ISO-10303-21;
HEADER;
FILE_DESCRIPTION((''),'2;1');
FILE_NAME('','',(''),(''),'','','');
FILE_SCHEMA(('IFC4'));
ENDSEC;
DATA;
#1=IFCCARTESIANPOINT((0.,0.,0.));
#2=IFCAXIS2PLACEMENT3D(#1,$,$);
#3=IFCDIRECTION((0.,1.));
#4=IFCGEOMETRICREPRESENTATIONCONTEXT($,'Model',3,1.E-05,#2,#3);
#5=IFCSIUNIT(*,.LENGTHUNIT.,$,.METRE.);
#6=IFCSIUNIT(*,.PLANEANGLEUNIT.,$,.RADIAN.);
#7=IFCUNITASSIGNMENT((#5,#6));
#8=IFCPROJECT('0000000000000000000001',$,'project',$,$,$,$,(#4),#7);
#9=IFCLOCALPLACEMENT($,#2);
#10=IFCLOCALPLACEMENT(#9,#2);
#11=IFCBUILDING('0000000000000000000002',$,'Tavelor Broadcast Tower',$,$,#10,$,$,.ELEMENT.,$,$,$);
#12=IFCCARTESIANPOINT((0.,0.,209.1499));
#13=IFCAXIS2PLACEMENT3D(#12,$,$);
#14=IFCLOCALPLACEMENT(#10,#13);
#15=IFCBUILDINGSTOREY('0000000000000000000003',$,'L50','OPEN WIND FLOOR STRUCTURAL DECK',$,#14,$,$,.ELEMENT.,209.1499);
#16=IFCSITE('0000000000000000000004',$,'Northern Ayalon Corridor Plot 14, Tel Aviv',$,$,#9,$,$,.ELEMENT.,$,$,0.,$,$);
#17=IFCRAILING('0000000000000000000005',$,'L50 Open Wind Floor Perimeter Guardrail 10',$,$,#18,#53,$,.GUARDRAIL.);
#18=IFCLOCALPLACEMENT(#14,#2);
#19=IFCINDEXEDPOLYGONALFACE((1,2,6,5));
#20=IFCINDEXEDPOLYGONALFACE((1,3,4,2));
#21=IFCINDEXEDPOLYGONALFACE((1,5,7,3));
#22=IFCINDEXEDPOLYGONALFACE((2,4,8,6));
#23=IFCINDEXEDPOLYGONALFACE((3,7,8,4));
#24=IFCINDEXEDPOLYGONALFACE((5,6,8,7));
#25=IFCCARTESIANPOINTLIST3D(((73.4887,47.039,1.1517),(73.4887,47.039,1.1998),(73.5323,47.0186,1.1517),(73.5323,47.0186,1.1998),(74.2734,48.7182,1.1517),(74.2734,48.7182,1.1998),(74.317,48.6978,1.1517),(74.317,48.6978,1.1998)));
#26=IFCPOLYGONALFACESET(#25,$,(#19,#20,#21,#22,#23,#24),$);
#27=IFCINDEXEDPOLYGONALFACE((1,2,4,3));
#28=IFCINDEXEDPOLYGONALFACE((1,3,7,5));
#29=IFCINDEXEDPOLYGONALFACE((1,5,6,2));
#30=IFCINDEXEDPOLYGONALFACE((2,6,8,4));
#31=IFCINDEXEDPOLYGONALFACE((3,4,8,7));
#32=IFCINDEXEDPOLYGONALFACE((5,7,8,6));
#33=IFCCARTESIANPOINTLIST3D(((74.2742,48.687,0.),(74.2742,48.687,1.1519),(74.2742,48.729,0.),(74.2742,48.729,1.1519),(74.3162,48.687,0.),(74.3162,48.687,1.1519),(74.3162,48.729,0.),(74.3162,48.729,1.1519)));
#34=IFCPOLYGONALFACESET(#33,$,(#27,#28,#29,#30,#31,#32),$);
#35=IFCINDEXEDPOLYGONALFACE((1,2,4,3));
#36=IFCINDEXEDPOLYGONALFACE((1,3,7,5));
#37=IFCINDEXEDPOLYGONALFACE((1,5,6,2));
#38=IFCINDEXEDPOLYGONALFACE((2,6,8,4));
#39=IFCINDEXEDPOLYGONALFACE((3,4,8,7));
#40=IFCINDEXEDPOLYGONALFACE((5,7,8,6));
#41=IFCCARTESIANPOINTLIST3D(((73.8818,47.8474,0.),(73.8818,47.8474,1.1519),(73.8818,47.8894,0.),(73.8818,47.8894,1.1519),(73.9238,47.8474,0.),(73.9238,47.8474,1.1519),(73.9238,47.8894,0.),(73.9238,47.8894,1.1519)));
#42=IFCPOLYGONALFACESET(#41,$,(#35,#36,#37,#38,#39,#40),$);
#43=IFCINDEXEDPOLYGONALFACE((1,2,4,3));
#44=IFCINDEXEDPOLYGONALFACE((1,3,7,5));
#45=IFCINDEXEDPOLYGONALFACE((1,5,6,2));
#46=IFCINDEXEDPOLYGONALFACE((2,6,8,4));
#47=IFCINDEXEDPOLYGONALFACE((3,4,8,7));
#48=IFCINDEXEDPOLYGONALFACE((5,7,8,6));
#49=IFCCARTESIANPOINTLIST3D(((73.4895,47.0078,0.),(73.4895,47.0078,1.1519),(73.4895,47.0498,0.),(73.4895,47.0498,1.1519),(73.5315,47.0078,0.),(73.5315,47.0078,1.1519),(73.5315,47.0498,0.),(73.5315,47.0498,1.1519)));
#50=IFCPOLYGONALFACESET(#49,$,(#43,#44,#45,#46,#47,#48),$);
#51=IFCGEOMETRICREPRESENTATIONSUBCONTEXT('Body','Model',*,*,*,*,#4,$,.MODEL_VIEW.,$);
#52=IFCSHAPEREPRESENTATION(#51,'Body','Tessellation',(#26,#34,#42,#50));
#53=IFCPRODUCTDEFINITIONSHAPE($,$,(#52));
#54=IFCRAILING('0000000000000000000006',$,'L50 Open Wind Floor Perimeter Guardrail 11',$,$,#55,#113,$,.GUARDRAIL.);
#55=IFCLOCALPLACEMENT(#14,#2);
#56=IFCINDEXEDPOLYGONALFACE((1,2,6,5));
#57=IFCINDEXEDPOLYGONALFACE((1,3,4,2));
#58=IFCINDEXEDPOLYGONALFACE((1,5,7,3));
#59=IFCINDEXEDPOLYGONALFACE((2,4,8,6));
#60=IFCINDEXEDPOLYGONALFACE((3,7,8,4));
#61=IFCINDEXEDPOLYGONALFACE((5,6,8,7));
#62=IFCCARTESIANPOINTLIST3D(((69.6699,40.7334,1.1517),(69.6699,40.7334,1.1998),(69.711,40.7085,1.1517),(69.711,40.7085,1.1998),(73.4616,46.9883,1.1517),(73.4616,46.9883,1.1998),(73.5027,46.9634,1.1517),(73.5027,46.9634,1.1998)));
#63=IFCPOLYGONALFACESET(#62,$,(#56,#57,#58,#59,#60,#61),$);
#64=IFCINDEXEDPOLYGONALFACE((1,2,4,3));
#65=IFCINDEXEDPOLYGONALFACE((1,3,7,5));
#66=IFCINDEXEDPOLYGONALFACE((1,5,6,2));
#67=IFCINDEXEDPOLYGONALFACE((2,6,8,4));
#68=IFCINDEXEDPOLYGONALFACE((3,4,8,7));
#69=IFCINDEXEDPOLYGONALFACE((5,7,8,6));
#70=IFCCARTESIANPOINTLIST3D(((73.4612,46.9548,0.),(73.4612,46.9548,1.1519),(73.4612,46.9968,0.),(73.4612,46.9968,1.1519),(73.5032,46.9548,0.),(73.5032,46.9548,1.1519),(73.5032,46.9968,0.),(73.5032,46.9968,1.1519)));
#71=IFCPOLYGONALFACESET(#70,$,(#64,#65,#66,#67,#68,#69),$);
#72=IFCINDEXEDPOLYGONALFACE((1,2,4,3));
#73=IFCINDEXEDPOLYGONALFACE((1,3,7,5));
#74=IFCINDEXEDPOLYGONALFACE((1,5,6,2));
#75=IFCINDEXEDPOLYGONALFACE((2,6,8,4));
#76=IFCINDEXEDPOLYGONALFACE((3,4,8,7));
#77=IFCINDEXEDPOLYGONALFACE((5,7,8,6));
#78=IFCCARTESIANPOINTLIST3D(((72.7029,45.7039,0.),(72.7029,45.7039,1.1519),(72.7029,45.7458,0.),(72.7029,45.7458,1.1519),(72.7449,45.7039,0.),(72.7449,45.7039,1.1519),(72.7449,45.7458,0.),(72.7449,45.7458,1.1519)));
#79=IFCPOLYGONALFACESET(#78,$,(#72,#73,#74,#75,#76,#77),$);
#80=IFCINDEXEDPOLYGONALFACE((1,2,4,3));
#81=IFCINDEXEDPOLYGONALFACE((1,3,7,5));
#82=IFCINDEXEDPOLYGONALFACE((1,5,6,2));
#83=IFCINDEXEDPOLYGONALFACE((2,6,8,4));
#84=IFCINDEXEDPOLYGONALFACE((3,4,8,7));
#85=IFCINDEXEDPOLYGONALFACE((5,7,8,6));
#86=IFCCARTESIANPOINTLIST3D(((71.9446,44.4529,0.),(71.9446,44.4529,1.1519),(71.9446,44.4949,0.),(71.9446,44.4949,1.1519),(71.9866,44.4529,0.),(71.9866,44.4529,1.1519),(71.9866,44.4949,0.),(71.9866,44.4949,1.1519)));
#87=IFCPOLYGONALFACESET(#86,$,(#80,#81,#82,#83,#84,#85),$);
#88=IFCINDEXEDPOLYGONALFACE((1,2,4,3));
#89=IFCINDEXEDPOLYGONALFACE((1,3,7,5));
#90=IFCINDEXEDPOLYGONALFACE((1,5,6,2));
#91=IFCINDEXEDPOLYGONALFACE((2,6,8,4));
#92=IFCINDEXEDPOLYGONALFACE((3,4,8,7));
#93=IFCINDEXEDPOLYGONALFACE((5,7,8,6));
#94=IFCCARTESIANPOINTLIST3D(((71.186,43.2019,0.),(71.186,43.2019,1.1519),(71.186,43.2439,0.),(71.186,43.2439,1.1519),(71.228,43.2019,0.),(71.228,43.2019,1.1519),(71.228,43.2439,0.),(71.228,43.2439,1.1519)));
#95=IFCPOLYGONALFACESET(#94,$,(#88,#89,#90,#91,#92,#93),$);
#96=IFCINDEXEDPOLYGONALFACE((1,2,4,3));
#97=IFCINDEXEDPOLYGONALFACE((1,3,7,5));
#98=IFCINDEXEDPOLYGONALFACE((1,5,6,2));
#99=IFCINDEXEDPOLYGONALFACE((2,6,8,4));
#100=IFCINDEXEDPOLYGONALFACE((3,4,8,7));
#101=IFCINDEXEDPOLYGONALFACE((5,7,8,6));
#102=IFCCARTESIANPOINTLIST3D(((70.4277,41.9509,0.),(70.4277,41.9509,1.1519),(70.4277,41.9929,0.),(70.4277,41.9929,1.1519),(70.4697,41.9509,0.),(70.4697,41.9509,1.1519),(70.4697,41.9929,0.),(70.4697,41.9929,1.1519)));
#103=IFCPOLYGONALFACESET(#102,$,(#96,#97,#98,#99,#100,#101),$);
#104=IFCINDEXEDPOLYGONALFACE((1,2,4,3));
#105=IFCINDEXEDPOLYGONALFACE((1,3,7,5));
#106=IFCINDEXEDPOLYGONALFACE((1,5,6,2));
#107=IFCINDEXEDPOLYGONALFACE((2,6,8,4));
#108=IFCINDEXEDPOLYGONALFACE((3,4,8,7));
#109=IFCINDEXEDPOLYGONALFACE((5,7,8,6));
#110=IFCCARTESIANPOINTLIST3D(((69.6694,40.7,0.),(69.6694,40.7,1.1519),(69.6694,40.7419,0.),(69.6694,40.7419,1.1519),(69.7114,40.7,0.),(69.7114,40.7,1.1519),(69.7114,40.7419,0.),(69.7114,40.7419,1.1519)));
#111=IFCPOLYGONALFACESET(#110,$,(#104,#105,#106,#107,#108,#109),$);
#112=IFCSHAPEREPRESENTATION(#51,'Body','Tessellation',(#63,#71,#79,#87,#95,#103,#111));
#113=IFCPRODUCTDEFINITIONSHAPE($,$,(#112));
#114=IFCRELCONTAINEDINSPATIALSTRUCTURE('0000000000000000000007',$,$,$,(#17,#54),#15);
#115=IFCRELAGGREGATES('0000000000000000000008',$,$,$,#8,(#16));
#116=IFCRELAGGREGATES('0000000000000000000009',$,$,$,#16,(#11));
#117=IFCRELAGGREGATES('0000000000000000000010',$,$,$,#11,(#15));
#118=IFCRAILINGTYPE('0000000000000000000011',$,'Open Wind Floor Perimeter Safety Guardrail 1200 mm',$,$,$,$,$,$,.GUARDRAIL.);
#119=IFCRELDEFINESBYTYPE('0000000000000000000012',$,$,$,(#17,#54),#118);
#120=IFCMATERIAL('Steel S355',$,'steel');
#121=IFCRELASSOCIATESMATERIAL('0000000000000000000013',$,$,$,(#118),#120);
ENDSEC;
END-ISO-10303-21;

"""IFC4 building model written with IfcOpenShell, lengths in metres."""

from ifc_helpers import new_model, si_unit, direction, frame, origin, origin_2d, place, context, subcontext, project, spatial, rectangle, extrude, material, type_object, element, save


model = new_model("IFC4")

# Units and contexts
model_context = context("Model", 3, precision=1e-05, world=origin(), true_north=direction((0.0, 1.0)))
body_context = subcontext(model_context, "Body", "Model", "MODEL_VIEW")
ifc_project = project(units=[si_unit("LENGTHUNIT", "METRE"), si_unit("PLANEANGLEUNIT", "RADIAN")], contexts=[model_context])

# Site, building, storey
site_placement = place(None, origin())
site = spatial("IfcSite", under=ifc_project, at=site_placement, Name="Northern Ayalon Corridor Plot 14, Tel Aviv", CompositionType="ELEMENT", RefElevation=0.0)
building_placement = place(site_placement, origin())
building = spatial("IfcBuilding", under=site, at=building_placement, Name="Tavelor Broadcast Tower", CompositionType="ELEMENT")
storey_placement = place(building_placement, frame((0.0, 0.0, 209.1499)))
storey = spatial("IfcBuildingStorey", under=building, at=storey_placement, Name="L50", Description="OPEN WIND FLOOR STRUCTURAL DECK", CompositionType="ELEMENT", Elevation=209.1499)

# Railings
ifc_material_1 = material(Name="Steel S355", Category="steel")
railing_type = type_object("IfcRailingType", Name="Open Wind Floor Perimeter Safety Guardrail 1200 mm", PredefinedType="GUARDRAIL", material=ifc_material_1)
railing_1_placement = place(storey_placement, frame((74.2952, 48.708, 0.0)))
element("IfcRailing", 1, at=railing_1_placement, inside=storey, type_object=railing_type, Name="L50 Open Wind Floor Perimeter Guardrail 10", PredefinedType="GUARDRAIL", context=body_context, shape_type="SweptSolid", body=[
    extrude(rectangle(XDim=0.0481, YDim=0.0481, at=origin_2d()), frame((0.0, 0.0, 1.1758), z_axis=(-0.423347, -0.905968, 0.0), x_axis=(0.905968, -0.423347, 0.0)), (0.0, 0.0, 1.0), 1.8535),
    extrude(rectangle(XDim=0.042, YDim=0.042, at=origin_2d()), origin(), (0.0, 0.0, 1.0), 1.1519),
    extrude(rectangle(XDim=0.042, YDim=0.042, at=origin_2d()), frame((-0.3923, -0.8396, 0.0)), (0.0, 0.0, 1.0), 1.1519),
    extrude(rectangle(XDim=0.042, YDim=0.042, at=origin_2d()), frame((-0.7847, -1.6792, 0.0)), (0.0, 0.0, 1.0), 1.1519),
])
railing_2_placement = place(storey_placement, frame((73.4822, 46.9758, 0.0)))
element("IfcRailing", 2, at=railing_2_placement, inside=storey, type_object=railing_type, Name="L50 Open Wind Floor Perimeter Guardrail 11", PredefinedType="GUARDRAIL", context=body_context, shape_type="SweptSolid", body=[
    extrude(rectangle(XDim=0.0481, YDim=0.0481, at=origin_2d()), frame((0.0, 0.0, 1.1758), z_axis=(-0.518393, -0.855143, 0.0), x_axis=(0.855143, -0.518393, 0.0)), (0.0, 0.0, 1.0), 7.3145),
    extrude(rectangle(XDim=0.042, YDim=0.042, at=origin_2d()), origin(), (0.0, 0.0, 1.0), 1.1519),
    extrude(rectangle(XDim=0.042, YDim=0.042, at=origin_2d()), frame((-0.7583, -1.251, 0.0)), (0.0, 0.0, 1.0), 1.1519),
    extrude(rectangle(XDim=0.042, YDim=0.042, at=origin_2d()), frame((-1.5166, -2.502, 0.0)), (0.0, 0.0, 1.0), 1.1519),
    extrude(rectangle(XDim=0.042, YDim=0.042, at=origin_2d()), frame((-2.2751, -3.7529, 0.0)), (0.0, 0.0, 1.0), 1.1519),
    extrude(rectangle(XDim=0.042, YDim=0.042, at=origin_2d()), frame((-3.0334, -5.0039, 0.0)), (0.0, 0.0, 1.0), 1.1519),
    extrude(rectangle(XDim=0.042, YDim=0.042, at=origin_2d()), frame((-3.7917, -6.2549, 0.0)), (0.0, 0.0, 1.0), 1.1519),
])

save(model, "model.ifc")
